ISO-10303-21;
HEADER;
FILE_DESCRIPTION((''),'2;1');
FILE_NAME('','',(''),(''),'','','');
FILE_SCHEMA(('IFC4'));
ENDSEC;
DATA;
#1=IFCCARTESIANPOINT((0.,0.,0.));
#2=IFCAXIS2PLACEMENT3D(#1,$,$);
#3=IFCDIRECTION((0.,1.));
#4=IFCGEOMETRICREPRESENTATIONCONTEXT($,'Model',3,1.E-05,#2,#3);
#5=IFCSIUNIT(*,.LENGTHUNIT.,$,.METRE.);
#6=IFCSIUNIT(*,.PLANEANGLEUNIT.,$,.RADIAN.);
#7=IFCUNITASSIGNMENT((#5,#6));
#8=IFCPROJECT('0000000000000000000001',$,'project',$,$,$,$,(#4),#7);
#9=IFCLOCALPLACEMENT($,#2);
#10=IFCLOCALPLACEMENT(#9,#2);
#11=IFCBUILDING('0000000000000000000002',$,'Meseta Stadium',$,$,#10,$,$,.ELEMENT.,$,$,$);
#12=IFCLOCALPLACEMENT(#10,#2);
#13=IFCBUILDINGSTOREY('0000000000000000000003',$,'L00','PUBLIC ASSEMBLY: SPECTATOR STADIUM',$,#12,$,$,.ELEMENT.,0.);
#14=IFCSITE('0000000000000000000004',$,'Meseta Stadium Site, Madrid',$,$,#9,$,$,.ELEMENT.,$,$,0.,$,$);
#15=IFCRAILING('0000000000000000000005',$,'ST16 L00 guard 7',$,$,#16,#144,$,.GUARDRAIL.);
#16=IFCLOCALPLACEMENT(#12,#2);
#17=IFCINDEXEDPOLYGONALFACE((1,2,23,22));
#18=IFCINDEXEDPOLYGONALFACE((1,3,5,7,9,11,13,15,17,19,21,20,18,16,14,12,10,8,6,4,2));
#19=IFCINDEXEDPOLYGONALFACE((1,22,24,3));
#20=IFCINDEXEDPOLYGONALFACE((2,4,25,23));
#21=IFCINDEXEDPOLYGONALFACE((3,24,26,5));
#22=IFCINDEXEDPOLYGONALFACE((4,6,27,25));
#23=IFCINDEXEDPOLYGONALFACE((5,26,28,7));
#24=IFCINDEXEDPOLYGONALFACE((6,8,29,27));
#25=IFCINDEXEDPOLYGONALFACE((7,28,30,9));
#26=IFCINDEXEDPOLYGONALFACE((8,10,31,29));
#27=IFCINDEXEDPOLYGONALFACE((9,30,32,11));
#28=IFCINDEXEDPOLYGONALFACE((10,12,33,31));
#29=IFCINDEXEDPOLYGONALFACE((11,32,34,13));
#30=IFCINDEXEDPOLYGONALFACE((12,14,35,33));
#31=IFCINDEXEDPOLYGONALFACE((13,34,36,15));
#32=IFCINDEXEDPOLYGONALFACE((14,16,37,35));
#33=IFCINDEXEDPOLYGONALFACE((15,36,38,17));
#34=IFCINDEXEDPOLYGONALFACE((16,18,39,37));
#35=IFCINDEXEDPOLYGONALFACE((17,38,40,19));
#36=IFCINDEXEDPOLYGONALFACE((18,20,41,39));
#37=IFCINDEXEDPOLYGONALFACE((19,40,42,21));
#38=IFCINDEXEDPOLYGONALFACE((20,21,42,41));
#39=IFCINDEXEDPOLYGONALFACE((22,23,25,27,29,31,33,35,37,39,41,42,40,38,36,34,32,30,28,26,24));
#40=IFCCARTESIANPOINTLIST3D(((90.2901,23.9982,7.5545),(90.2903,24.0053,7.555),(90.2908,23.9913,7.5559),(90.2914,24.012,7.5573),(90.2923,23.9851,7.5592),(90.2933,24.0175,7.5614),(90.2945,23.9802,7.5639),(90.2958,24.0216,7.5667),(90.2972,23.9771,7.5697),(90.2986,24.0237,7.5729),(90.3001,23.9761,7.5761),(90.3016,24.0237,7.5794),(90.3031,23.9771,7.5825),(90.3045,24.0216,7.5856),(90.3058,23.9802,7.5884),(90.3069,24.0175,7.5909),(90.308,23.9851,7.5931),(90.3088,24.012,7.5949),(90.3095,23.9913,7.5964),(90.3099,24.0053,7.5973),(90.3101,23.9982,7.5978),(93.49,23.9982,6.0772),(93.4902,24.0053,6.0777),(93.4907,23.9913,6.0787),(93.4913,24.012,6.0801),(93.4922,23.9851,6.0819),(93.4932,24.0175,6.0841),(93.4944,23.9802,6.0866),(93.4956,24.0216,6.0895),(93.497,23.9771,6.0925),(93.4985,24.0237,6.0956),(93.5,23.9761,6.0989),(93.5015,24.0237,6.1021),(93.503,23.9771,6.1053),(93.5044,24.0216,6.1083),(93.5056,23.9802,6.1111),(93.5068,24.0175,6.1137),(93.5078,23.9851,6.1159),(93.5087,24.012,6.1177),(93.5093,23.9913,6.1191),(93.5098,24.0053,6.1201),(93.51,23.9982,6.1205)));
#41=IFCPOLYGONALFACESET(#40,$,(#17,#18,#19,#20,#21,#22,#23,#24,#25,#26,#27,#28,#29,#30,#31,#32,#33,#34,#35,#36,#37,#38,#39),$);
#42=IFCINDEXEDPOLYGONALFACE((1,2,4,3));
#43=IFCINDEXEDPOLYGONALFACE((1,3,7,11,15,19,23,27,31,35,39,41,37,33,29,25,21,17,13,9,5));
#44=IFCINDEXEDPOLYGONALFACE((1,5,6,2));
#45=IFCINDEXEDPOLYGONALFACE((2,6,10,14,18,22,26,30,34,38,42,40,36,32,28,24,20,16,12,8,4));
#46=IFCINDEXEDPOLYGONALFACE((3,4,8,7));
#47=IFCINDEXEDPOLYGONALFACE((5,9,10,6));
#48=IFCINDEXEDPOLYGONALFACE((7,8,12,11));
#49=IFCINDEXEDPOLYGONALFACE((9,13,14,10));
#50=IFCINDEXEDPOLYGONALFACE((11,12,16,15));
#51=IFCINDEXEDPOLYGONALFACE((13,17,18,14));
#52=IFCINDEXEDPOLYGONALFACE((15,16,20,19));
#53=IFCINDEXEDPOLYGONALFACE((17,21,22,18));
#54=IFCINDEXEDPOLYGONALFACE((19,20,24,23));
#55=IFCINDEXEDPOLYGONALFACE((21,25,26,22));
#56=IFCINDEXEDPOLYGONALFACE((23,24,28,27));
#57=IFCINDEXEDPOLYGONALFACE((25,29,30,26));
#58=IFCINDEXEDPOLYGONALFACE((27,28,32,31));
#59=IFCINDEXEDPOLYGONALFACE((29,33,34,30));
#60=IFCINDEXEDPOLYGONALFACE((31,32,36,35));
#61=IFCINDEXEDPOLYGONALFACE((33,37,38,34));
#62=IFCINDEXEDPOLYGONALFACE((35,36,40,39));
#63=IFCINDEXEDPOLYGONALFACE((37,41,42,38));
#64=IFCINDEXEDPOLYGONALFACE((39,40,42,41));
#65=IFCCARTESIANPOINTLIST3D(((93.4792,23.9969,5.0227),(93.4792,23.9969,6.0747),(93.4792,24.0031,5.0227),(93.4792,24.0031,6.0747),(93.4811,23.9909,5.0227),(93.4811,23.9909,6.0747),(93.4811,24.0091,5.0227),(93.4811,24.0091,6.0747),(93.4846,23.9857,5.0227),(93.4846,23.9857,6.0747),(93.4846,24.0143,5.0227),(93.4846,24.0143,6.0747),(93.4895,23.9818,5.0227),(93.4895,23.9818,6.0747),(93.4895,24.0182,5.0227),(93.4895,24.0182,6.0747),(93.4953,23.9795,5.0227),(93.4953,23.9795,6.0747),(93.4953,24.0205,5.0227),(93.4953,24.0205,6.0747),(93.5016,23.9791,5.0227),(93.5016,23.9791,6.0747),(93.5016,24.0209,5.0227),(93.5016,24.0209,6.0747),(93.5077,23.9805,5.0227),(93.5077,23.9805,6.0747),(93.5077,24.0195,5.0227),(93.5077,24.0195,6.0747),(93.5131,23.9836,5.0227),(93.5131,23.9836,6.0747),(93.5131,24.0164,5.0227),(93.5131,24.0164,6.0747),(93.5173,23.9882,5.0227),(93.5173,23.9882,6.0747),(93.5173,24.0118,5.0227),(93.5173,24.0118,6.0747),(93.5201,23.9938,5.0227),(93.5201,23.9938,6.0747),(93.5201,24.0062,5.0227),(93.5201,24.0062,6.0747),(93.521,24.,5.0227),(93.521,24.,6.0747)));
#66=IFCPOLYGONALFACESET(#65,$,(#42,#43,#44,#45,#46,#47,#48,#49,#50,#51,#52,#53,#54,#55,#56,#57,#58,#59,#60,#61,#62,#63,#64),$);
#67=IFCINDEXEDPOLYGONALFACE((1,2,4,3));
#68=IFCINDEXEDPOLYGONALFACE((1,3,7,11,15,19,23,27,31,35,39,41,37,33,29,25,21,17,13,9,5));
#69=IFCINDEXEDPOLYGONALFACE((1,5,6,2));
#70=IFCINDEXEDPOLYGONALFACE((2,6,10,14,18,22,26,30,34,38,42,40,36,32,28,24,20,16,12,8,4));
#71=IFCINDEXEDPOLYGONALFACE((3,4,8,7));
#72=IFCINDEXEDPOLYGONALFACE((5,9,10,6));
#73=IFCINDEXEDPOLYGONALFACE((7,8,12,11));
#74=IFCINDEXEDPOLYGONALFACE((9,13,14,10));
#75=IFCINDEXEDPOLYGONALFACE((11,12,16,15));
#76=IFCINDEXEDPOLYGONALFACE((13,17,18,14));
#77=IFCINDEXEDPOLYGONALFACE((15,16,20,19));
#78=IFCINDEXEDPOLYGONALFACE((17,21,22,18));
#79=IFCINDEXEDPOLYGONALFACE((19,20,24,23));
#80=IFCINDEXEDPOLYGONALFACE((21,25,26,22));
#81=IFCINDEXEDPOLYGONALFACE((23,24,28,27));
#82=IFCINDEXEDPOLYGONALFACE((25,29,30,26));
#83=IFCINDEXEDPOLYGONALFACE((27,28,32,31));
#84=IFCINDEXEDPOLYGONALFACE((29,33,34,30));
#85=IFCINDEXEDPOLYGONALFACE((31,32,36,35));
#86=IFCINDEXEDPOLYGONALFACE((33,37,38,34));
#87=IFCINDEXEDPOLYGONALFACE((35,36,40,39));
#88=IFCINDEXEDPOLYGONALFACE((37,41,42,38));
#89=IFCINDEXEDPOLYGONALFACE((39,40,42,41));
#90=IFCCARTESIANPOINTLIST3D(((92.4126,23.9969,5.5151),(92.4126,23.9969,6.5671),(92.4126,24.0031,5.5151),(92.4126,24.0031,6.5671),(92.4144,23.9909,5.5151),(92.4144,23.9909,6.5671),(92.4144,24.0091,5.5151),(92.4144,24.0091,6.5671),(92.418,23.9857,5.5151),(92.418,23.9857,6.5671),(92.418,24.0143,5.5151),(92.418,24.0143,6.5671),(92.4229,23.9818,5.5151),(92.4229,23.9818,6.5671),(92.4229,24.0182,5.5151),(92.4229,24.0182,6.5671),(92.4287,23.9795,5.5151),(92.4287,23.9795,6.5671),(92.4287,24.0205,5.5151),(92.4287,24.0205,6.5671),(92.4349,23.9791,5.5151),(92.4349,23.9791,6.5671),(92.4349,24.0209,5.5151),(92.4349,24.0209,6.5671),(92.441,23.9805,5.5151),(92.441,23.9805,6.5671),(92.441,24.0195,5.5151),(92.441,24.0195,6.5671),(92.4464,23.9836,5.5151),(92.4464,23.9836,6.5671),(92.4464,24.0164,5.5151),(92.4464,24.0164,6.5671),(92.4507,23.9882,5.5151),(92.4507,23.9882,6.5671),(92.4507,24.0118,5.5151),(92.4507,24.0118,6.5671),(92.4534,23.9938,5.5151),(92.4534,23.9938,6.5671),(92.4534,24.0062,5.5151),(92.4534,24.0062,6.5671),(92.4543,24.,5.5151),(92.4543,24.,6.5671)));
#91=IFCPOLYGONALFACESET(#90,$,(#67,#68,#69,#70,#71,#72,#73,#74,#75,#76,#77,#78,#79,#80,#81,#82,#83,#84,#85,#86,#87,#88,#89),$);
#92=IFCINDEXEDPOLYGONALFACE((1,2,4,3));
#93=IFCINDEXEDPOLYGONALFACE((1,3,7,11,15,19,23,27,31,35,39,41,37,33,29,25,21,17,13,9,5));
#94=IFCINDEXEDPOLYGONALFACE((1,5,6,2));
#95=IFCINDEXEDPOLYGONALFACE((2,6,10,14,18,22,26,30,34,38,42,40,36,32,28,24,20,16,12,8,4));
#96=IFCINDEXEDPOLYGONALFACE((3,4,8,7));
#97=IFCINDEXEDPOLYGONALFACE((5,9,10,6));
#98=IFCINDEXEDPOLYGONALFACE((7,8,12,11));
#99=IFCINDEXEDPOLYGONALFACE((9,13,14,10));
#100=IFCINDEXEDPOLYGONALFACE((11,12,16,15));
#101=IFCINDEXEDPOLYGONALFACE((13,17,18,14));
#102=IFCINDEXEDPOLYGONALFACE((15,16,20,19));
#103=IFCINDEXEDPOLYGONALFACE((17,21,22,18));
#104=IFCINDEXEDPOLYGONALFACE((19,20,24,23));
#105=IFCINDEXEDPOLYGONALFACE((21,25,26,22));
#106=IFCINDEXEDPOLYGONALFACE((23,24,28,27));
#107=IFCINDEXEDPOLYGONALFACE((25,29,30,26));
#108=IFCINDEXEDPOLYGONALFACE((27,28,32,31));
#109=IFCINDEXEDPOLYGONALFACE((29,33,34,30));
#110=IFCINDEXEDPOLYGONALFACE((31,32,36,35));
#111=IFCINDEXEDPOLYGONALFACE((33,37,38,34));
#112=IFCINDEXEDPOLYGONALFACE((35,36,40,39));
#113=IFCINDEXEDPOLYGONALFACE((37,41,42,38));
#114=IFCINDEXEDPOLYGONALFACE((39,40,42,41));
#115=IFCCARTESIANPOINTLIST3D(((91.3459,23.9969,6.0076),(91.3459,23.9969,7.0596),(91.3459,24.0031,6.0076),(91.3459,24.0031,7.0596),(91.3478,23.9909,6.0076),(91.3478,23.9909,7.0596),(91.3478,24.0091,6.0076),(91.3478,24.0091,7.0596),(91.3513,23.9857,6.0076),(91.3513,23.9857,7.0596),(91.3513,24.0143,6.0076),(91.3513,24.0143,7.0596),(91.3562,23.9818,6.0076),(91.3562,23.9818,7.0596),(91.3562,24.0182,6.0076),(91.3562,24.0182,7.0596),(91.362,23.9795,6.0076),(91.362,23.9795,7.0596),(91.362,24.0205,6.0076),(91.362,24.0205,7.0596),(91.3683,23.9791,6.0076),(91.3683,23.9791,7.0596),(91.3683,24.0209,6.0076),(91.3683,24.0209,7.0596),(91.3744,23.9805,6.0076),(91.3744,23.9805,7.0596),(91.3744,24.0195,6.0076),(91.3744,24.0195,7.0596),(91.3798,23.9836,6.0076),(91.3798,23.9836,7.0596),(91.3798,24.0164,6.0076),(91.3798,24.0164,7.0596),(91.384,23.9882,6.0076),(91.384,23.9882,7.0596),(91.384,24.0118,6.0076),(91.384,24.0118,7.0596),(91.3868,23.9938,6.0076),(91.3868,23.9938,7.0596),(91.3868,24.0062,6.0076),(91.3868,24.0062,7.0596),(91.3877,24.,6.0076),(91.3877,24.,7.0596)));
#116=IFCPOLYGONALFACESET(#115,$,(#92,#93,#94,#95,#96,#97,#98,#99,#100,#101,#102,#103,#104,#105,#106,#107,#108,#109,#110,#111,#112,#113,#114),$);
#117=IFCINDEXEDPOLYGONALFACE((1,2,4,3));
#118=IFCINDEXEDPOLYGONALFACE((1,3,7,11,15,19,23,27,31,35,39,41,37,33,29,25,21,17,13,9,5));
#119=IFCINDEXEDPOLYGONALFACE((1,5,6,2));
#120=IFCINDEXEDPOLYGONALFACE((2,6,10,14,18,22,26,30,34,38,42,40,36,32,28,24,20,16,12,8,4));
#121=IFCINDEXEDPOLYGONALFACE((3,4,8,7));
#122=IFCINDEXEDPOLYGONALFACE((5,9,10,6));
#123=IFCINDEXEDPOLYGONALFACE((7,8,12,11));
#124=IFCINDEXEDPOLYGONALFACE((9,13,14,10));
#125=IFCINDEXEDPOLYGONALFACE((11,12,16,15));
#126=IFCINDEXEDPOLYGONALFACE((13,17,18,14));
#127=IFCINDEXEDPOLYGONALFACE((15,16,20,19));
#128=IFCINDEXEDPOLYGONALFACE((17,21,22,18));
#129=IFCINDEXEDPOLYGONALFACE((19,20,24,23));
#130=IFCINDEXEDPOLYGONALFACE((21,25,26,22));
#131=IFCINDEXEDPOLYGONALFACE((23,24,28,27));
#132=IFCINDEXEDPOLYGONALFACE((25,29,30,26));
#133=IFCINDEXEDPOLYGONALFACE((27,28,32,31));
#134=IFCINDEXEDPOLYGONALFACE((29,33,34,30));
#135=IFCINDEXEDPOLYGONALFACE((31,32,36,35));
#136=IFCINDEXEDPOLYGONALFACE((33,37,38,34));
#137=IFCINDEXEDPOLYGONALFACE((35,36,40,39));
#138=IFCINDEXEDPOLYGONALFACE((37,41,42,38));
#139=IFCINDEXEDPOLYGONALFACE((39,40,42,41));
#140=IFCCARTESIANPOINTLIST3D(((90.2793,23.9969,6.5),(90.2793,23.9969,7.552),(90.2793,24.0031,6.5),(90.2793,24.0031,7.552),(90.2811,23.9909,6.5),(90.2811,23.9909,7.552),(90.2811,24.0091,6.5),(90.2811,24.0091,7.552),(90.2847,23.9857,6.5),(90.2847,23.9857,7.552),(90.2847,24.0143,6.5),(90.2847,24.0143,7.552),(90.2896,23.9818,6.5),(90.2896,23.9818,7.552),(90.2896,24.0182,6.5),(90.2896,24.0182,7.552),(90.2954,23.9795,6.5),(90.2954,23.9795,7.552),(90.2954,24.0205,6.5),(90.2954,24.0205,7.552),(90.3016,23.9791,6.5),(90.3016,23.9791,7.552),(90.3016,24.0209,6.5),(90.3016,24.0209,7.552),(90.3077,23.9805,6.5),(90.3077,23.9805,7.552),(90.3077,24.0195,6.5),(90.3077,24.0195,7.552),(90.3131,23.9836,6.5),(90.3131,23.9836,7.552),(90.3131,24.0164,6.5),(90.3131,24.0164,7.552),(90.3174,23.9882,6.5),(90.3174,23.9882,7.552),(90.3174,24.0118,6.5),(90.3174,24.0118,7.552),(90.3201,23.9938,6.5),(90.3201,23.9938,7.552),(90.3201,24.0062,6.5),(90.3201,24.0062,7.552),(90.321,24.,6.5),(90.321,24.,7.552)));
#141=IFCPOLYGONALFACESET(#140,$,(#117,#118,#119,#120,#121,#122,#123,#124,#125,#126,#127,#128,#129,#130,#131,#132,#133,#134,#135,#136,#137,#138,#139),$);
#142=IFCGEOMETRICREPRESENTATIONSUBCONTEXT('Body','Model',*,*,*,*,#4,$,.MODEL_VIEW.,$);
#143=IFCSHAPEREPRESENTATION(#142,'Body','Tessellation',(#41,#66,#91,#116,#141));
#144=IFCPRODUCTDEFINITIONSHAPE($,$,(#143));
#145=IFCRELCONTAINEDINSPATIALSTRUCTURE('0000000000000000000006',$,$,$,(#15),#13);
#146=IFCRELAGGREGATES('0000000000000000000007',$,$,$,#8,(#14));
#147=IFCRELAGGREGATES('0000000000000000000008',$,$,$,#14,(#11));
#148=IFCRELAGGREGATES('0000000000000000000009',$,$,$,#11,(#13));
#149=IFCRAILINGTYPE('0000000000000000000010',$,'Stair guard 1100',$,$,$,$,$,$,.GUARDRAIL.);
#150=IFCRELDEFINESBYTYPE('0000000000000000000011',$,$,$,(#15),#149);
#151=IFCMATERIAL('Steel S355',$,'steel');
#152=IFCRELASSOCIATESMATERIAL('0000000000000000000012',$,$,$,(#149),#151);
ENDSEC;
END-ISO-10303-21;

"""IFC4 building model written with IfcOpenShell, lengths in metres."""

from ifc_helpers import new_model, si_unit, direction, frame, origin, origin_2d, place, context, subcontext, project, spatial, circle, extrude, material, type_object, element, save


model = new_model("IFC4")

# Units and contexts
model_context = context("Model", 3, precision=1e-05, world=origin(), true_north=direction((0.0, 1.0)))
body_context = subcontext(model_context, "Body", "Model", "MODEL_VIEW")
ifc_project = project(units=[si_unit("LENGTHUNIT", "METRE"), si_unit("PLANEANGLEUNIT", "RADIAN")], contexts=[model_context])

# Site, building, storey
site_placement = place(None, origin())
site = spatial("IfcSite", under=ifc_project, at=site_placement, Name="Meseta Stadium Site, Madrid", CompositionType="ELEMENT", RefElevation=0.0)
building_placement = place(site_placement, origin())
building = spatial("IfcBuilding", under=site, at=building_placement, Name="Meseta Stadium", CompositionType="ELEMENT")
storey_placement = place(building_placement, origin())
storey = spatial("IfcBuildingStorey", under=building, at=storey_placement, Name="L00", Description="PUBLIC ASSEMBLY: SPECTATOR STADIUM", CompositionType="ELEMENT", Elevation=0.0)

# Railing
ifc_material_1 = material(Name="Steel S355", Category="steel")
railing_type_1 = type_object("IfcRailingType", Name="Stair guard 1100", PredefinedType="GUARDRAIL", material=ifc_material_1)
railing_1_placement = place(storey_placement, frame((93.5, 24.0, 5.0227)))
element("IfcRailing", 1, at=railing_1_placement, inside=storey, type_object=railing_type_1, Name="ST16 L00 guard 7", PredefinedType="GUARDRAIL", context=body_context, shape_type="SweptSolid", body=[
    extrude(circle(Radius=0.0239, at=origin_2d()), frame((0.0, 0.0, 1.0762), z_axis=(-0.907917, 0.0, 0.41915), x_axis=(0.0, -1.0, 0.0)), (0.0, 0.0, 1.0), 3.5244),
    extrude(circle(Radius=0.021, at=origin_2d()), origin(), (0.0, 0.0, 1.0), 1.052),
    extrude(circle(Radius=0.021, at=origin_2d()), frame((-1.0667, 0.0, 0.4924)), (0.0, 0.0, 1.0), 1.052),
    extrude(circle(Radius=0.021, at=origin_2d()), frame((-2.1333, 0.0, 0.9849)), (0.0, 0.0, 1.0), 1.052),
    extrude(circle(Radius=0.021, at=origin_2d()), frame((-3.2, 0.0, 1.4773)), (0.0, 0.0, 1.0), 1.052),
])

save(model, "model.ifc")
